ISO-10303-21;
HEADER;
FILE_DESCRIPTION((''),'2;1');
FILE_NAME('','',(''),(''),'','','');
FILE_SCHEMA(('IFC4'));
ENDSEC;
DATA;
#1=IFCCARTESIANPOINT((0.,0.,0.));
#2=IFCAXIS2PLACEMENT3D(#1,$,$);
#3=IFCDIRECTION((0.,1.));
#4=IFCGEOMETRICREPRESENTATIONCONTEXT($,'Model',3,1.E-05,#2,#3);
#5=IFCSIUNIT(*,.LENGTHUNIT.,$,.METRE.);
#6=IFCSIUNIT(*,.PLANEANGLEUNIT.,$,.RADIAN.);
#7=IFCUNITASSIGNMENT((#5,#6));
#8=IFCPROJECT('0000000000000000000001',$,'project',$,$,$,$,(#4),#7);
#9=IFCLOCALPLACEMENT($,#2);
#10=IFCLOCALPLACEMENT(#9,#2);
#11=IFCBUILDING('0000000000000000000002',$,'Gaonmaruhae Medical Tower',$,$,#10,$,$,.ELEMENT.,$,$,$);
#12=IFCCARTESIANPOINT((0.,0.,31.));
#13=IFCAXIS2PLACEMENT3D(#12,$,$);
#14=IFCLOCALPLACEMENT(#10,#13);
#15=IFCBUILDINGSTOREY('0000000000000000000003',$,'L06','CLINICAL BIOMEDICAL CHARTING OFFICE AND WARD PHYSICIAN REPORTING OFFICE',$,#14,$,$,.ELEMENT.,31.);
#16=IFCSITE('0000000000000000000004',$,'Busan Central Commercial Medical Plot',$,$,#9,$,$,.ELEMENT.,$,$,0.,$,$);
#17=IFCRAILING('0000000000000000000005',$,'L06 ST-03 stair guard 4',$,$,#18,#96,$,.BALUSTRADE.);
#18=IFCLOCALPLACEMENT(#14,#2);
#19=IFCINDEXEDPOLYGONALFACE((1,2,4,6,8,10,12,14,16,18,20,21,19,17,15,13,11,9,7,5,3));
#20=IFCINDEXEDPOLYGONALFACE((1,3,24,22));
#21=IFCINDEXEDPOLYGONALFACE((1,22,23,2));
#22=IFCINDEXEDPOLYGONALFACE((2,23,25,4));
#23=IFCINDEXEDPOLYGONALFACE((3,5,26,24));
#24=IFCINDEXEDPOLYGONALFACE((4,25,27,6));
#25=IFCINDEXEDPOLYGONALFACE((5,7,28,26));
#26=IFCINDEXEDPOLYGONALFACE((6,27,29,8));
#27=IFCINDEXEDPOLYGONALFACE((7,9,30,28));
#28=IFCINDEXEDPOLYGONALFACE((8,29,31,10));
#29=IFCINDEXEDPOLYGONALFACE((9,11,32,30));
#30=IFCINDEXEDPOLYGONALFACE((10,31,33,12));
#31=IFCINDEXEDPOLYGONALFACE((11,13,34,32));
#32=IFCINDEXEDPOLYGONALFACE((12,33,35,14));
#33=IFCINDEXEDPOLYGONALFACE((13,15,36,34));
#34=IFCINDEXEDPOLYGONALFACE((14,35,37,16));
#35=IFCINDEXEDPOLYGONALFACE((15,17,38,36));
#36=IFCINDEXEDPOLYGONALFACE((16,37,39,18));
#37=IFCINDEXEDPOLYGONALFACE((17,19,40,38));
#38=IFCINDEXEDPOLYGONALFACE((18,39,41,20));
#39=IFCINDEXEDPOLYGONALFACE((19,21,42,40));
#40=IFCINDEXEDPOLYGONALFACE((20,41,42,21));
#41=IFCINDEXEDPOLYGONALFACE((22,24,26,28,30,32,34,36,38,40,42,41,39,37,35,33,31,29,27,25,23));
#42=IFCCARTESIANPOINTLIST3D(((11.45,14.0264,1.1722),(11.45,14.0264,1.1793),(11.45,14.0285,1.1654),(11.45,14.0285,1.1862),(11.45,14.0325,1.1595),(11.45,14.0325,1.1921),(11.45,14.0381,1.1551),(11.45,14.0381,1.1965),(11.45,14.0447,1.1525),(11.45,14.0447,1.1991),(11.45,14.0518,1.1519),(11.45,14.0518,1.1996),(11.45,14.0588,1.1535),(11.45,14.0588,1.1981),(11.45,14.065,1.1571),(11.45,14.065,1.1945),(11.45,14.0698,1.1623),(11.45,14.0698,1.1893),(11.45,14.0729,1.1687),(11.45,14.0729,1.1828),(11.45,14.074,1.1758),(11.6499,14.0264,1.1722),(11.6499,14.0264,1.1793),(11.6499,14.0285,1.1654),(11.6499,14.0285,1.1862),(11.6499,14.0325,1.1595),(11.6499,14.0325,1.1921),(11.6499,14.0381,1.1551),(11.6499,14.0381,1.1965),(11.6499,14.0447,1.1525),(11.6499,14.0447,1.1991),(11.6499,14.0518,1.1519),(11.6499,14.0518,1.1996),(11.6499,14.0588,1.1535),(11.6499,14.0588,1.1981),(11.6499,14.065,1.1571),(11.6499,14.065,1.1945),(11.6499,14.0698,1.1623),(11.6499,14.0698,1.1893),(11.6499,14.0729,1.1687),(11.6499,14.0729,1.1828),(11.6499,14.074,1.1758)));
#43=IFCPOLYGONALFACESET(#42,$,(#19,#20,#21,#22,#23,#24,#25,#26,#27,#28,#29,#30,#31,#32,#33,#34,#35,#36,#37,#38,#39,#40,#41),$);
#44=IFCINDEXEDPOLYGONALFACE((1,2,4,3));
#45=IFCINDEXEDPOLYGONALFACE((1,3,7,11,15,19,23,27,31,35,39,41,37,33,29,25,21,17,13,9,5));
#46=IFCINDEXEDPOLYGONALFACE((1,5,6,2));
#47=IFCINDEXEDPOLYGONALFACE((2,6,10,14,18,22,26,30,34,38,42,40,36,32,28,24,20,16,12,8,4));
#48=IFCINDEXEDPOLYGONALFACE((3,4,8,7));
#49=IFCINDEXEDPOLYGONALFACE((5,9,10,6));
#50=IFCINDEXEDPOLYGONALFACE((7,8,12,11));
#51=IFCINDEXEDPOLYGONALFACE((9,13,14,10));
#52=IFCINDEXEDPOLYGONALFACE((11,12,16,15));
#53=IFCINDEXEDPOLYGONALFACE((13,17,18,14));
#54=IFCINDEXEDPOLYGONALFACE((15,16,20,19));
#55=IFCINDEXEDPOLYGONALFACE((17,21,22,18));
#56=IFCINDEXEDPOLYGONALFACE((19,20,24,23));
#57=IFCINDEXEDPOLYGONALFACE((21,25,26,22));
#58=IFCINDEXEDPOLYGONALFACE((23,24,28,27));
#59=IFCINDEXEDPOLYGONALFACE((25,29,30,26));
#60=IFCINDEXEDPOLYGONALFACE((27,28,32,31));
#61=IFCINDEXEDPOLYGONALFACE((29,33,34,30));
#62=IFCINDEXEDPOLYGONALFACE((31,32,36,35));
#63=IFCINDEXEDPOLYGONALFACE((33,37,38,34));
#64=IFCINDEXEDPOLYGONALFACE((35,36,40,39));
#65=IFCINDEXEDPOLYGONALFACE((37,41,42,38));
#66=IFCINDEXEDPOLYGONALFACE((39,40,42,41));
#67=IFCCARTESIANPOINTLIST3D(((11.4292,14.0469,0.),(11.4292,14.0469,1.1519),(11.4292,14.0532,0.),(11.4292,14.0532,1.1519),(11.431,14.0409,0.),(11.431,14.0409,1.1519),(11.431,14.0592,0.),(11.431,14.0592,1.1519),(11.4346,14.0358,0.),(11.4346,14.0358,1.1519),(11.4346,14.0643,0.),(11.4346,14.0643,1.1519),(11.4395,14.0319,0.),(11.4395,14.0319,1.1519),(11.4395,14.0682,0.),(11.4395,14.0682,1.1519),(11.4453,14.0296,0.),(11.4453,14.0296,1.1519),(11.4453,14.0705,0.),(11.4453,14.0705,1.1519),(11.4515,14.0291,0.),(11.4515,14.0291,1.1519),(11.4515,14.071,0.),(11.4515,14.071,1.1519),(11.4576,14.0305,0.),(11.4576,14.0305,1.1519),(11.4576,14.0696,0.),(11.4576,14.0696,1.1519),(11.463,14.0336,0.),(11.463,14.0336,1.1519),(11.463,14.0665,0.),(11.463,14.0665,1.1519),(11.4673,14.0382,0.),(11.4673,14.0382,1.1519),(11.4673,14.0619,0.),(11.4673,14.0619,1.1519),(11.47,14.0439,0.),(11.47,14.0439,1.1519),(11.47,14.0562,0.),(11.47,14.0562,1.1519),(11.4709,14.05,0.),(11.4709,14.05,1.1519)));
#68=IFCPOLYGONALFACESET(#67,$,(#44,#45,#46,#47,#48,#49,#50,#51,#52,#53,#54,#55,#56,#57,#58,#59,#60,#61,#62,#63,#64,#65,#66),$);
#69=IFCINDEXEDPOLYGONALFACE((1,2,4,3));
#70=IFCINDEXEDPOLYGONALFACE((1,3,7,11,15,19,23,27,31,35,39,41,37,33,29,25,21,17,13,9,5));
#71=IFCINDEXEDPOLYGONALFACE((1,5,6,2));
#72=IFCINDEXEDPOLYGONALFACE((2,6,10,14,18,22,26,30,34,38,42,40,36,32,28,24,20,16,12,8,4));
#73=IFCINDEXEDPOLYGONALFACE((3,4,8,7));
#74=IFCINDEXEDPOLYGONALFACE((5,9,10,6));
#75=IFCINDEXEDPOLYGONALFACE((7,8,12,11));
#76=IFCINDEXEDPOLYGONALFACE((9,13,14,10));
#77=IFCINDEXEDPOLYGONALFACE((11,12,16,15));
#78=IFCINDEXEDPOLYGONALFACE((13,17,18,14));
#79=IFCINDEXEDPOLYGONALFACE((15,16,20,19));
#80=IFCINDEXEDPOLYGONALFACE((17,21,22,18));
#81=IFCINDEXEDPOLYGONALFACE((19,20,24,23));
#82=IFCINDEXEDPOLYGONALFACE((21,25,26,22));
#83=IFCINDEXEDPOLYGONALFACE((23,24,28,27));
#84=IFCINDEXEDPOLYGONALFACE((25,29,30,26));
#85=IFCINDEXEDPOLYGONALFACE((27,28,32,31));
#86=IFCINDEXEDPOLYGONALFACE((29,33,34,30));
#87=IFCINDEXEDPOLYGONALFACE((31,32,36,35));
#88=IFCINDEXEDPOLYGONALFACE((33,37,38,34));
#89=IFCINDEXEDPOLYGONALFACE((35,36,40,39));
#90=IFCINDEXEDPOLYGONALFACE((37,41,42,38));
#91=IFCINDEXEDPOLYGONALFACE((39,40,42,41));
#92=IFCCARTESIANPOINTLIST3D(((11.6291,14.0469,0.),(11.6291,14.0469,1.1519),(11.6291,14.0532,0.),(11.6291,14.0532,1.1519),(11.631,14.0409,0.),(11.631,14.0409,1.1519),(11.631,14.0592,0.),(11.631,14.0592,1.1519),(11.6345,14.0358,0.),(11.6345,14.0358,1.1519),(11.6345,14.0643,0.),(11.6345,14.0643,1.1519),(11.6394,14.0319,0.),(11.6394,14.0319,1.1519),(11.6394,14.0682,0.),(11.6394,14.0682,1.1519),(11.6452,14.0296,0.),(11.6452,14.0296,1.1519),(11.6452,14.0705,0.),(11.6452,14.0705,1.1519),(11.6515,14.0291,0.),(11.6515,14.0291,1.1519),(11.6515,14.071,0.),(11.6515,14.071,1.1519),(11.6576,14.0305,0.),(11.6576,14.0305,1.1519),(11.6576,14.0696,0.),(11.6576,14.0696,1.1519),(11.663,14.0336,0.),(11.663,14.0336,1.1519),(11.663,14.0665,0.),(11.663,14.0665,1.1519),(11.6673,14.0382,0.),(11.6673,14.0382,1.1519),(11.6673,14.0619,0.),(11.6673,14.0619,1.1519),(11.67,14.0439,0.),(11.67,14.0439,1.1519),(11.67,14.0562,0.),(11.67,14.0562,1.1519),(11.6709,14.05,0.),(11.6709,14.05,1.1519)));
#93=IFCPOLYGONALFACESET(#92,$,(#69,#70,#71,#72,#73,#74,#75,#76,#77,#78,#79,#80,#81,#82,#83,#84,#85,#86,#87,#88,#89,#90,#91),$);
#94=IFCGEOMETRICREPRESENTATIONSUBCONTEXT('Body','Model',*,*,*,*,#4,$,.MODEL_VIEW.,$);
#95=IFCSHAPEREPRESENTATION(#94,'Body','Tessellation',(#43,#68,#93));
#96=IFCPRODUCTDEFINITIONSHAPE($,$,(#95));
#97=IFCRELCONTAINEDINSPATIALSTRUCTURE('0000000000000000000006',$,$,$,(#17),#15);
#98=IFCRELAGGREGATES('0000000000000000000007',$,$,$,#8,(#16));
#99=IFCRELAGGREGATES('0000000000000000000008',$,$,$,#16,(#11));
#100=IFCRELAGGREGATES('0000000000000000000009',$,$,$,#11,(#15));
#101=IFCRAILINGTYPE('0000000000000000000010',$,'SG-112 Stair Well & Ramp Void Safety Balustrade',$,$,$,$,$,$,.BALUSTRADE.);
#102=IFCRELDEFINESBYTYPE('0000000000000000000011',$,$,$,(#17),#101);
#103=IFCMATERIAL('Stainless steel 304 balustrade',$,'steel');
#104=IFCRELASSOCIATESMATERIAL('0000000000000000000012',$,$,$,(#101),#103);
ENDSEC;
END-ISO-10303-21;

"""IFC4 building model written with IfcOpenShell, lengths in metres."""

from ifc_helpers import new_model, si_unit, direction, frame, origin, origin_2d, place, context, subcontext, project, spatial, circle, extrude, material, type_object, element, save


model = new_model("IFC4")

# Units and contexts
model_context = context("Model", 3, precision=1e-05, world=origin(), true_north=direction((0.0, 1.0)))
body_context = subcontext(model_context, "Body", "Model", "MODEL_VIEW")
ifc_project = project(units=[si_unit("LENGTHUNIT", "METRE"), si_unit("PLANEANGLEUNIT", "RADIAN")], contexts=[model_context])

# Site, building, storey
site_placement = place(None, origin())
site = spatial("IfcSite", under=ifc_project, at=site_placement, Name="Busan Central Commercial Medical Plot", CompositionType="ELEMENT", RefElevation=0.0)
building_placement = place(site_placement, origin())
building = spatial("IfcBuilding", under=site, at=building_placement, Name="Gaonmaruhae Medical Tower", CompositionType="ELEMENT")
storey_placement = place(building_placement, frame((0.0, 0.0, 31.0)))
storey = spatial("IfcBuildingStorey", under=building, at=storey_placement, Name="L06", Description="CLINICAL BIOMEDICAL CHARTING OFFICE AND WARD PHYSICIAN REPORTING OFFICE", CompositionType="ELEMENT", Elevation=31.0)

# Railing
ifc_material_1 = material(Name="Stainless steel 304 balustrade", Category="steel")
railing_type_1 = type_object("IfcRailingType", Name="SG-112 Stair Well & Ramp Void Safety Balustrade", PredefinedType="BALUSTRADE", material=ifc_material_1)
railing_1_placement = place(storey_placement, frame((11.45, 14.05, 0.0)))
element("IfcRailing", 1, at=railing_1_placement, inside=storey, type_object=railing_type_1, Name="L06 ST-03 stair guard 4", PredefinedType="BALUSTRADE", context=body_context, shape_type="SweptSolid", body=[
    extrude(circle(Radius=0.0239, at=origin_2d()), frame((0.0, 0.0, 1.1758), z_axis=(1.0, 0.0, 0.0), x_axis=(0.0, 1.0, 0.0)), (0.0, 0.0, 1.0), 0.2),
    extrude(circle(Radius=0.021, at=origin_2d()), origin(), (0.0, 0.0, 1.0), 1.1519),
    extrude(circle(Radius=0.021, at=origin_2d()), frame((0.2, 0.0, 0.0)), (0.0, 0.0, 1.0), 1.1519),
])

save(model, "model.ifc")
